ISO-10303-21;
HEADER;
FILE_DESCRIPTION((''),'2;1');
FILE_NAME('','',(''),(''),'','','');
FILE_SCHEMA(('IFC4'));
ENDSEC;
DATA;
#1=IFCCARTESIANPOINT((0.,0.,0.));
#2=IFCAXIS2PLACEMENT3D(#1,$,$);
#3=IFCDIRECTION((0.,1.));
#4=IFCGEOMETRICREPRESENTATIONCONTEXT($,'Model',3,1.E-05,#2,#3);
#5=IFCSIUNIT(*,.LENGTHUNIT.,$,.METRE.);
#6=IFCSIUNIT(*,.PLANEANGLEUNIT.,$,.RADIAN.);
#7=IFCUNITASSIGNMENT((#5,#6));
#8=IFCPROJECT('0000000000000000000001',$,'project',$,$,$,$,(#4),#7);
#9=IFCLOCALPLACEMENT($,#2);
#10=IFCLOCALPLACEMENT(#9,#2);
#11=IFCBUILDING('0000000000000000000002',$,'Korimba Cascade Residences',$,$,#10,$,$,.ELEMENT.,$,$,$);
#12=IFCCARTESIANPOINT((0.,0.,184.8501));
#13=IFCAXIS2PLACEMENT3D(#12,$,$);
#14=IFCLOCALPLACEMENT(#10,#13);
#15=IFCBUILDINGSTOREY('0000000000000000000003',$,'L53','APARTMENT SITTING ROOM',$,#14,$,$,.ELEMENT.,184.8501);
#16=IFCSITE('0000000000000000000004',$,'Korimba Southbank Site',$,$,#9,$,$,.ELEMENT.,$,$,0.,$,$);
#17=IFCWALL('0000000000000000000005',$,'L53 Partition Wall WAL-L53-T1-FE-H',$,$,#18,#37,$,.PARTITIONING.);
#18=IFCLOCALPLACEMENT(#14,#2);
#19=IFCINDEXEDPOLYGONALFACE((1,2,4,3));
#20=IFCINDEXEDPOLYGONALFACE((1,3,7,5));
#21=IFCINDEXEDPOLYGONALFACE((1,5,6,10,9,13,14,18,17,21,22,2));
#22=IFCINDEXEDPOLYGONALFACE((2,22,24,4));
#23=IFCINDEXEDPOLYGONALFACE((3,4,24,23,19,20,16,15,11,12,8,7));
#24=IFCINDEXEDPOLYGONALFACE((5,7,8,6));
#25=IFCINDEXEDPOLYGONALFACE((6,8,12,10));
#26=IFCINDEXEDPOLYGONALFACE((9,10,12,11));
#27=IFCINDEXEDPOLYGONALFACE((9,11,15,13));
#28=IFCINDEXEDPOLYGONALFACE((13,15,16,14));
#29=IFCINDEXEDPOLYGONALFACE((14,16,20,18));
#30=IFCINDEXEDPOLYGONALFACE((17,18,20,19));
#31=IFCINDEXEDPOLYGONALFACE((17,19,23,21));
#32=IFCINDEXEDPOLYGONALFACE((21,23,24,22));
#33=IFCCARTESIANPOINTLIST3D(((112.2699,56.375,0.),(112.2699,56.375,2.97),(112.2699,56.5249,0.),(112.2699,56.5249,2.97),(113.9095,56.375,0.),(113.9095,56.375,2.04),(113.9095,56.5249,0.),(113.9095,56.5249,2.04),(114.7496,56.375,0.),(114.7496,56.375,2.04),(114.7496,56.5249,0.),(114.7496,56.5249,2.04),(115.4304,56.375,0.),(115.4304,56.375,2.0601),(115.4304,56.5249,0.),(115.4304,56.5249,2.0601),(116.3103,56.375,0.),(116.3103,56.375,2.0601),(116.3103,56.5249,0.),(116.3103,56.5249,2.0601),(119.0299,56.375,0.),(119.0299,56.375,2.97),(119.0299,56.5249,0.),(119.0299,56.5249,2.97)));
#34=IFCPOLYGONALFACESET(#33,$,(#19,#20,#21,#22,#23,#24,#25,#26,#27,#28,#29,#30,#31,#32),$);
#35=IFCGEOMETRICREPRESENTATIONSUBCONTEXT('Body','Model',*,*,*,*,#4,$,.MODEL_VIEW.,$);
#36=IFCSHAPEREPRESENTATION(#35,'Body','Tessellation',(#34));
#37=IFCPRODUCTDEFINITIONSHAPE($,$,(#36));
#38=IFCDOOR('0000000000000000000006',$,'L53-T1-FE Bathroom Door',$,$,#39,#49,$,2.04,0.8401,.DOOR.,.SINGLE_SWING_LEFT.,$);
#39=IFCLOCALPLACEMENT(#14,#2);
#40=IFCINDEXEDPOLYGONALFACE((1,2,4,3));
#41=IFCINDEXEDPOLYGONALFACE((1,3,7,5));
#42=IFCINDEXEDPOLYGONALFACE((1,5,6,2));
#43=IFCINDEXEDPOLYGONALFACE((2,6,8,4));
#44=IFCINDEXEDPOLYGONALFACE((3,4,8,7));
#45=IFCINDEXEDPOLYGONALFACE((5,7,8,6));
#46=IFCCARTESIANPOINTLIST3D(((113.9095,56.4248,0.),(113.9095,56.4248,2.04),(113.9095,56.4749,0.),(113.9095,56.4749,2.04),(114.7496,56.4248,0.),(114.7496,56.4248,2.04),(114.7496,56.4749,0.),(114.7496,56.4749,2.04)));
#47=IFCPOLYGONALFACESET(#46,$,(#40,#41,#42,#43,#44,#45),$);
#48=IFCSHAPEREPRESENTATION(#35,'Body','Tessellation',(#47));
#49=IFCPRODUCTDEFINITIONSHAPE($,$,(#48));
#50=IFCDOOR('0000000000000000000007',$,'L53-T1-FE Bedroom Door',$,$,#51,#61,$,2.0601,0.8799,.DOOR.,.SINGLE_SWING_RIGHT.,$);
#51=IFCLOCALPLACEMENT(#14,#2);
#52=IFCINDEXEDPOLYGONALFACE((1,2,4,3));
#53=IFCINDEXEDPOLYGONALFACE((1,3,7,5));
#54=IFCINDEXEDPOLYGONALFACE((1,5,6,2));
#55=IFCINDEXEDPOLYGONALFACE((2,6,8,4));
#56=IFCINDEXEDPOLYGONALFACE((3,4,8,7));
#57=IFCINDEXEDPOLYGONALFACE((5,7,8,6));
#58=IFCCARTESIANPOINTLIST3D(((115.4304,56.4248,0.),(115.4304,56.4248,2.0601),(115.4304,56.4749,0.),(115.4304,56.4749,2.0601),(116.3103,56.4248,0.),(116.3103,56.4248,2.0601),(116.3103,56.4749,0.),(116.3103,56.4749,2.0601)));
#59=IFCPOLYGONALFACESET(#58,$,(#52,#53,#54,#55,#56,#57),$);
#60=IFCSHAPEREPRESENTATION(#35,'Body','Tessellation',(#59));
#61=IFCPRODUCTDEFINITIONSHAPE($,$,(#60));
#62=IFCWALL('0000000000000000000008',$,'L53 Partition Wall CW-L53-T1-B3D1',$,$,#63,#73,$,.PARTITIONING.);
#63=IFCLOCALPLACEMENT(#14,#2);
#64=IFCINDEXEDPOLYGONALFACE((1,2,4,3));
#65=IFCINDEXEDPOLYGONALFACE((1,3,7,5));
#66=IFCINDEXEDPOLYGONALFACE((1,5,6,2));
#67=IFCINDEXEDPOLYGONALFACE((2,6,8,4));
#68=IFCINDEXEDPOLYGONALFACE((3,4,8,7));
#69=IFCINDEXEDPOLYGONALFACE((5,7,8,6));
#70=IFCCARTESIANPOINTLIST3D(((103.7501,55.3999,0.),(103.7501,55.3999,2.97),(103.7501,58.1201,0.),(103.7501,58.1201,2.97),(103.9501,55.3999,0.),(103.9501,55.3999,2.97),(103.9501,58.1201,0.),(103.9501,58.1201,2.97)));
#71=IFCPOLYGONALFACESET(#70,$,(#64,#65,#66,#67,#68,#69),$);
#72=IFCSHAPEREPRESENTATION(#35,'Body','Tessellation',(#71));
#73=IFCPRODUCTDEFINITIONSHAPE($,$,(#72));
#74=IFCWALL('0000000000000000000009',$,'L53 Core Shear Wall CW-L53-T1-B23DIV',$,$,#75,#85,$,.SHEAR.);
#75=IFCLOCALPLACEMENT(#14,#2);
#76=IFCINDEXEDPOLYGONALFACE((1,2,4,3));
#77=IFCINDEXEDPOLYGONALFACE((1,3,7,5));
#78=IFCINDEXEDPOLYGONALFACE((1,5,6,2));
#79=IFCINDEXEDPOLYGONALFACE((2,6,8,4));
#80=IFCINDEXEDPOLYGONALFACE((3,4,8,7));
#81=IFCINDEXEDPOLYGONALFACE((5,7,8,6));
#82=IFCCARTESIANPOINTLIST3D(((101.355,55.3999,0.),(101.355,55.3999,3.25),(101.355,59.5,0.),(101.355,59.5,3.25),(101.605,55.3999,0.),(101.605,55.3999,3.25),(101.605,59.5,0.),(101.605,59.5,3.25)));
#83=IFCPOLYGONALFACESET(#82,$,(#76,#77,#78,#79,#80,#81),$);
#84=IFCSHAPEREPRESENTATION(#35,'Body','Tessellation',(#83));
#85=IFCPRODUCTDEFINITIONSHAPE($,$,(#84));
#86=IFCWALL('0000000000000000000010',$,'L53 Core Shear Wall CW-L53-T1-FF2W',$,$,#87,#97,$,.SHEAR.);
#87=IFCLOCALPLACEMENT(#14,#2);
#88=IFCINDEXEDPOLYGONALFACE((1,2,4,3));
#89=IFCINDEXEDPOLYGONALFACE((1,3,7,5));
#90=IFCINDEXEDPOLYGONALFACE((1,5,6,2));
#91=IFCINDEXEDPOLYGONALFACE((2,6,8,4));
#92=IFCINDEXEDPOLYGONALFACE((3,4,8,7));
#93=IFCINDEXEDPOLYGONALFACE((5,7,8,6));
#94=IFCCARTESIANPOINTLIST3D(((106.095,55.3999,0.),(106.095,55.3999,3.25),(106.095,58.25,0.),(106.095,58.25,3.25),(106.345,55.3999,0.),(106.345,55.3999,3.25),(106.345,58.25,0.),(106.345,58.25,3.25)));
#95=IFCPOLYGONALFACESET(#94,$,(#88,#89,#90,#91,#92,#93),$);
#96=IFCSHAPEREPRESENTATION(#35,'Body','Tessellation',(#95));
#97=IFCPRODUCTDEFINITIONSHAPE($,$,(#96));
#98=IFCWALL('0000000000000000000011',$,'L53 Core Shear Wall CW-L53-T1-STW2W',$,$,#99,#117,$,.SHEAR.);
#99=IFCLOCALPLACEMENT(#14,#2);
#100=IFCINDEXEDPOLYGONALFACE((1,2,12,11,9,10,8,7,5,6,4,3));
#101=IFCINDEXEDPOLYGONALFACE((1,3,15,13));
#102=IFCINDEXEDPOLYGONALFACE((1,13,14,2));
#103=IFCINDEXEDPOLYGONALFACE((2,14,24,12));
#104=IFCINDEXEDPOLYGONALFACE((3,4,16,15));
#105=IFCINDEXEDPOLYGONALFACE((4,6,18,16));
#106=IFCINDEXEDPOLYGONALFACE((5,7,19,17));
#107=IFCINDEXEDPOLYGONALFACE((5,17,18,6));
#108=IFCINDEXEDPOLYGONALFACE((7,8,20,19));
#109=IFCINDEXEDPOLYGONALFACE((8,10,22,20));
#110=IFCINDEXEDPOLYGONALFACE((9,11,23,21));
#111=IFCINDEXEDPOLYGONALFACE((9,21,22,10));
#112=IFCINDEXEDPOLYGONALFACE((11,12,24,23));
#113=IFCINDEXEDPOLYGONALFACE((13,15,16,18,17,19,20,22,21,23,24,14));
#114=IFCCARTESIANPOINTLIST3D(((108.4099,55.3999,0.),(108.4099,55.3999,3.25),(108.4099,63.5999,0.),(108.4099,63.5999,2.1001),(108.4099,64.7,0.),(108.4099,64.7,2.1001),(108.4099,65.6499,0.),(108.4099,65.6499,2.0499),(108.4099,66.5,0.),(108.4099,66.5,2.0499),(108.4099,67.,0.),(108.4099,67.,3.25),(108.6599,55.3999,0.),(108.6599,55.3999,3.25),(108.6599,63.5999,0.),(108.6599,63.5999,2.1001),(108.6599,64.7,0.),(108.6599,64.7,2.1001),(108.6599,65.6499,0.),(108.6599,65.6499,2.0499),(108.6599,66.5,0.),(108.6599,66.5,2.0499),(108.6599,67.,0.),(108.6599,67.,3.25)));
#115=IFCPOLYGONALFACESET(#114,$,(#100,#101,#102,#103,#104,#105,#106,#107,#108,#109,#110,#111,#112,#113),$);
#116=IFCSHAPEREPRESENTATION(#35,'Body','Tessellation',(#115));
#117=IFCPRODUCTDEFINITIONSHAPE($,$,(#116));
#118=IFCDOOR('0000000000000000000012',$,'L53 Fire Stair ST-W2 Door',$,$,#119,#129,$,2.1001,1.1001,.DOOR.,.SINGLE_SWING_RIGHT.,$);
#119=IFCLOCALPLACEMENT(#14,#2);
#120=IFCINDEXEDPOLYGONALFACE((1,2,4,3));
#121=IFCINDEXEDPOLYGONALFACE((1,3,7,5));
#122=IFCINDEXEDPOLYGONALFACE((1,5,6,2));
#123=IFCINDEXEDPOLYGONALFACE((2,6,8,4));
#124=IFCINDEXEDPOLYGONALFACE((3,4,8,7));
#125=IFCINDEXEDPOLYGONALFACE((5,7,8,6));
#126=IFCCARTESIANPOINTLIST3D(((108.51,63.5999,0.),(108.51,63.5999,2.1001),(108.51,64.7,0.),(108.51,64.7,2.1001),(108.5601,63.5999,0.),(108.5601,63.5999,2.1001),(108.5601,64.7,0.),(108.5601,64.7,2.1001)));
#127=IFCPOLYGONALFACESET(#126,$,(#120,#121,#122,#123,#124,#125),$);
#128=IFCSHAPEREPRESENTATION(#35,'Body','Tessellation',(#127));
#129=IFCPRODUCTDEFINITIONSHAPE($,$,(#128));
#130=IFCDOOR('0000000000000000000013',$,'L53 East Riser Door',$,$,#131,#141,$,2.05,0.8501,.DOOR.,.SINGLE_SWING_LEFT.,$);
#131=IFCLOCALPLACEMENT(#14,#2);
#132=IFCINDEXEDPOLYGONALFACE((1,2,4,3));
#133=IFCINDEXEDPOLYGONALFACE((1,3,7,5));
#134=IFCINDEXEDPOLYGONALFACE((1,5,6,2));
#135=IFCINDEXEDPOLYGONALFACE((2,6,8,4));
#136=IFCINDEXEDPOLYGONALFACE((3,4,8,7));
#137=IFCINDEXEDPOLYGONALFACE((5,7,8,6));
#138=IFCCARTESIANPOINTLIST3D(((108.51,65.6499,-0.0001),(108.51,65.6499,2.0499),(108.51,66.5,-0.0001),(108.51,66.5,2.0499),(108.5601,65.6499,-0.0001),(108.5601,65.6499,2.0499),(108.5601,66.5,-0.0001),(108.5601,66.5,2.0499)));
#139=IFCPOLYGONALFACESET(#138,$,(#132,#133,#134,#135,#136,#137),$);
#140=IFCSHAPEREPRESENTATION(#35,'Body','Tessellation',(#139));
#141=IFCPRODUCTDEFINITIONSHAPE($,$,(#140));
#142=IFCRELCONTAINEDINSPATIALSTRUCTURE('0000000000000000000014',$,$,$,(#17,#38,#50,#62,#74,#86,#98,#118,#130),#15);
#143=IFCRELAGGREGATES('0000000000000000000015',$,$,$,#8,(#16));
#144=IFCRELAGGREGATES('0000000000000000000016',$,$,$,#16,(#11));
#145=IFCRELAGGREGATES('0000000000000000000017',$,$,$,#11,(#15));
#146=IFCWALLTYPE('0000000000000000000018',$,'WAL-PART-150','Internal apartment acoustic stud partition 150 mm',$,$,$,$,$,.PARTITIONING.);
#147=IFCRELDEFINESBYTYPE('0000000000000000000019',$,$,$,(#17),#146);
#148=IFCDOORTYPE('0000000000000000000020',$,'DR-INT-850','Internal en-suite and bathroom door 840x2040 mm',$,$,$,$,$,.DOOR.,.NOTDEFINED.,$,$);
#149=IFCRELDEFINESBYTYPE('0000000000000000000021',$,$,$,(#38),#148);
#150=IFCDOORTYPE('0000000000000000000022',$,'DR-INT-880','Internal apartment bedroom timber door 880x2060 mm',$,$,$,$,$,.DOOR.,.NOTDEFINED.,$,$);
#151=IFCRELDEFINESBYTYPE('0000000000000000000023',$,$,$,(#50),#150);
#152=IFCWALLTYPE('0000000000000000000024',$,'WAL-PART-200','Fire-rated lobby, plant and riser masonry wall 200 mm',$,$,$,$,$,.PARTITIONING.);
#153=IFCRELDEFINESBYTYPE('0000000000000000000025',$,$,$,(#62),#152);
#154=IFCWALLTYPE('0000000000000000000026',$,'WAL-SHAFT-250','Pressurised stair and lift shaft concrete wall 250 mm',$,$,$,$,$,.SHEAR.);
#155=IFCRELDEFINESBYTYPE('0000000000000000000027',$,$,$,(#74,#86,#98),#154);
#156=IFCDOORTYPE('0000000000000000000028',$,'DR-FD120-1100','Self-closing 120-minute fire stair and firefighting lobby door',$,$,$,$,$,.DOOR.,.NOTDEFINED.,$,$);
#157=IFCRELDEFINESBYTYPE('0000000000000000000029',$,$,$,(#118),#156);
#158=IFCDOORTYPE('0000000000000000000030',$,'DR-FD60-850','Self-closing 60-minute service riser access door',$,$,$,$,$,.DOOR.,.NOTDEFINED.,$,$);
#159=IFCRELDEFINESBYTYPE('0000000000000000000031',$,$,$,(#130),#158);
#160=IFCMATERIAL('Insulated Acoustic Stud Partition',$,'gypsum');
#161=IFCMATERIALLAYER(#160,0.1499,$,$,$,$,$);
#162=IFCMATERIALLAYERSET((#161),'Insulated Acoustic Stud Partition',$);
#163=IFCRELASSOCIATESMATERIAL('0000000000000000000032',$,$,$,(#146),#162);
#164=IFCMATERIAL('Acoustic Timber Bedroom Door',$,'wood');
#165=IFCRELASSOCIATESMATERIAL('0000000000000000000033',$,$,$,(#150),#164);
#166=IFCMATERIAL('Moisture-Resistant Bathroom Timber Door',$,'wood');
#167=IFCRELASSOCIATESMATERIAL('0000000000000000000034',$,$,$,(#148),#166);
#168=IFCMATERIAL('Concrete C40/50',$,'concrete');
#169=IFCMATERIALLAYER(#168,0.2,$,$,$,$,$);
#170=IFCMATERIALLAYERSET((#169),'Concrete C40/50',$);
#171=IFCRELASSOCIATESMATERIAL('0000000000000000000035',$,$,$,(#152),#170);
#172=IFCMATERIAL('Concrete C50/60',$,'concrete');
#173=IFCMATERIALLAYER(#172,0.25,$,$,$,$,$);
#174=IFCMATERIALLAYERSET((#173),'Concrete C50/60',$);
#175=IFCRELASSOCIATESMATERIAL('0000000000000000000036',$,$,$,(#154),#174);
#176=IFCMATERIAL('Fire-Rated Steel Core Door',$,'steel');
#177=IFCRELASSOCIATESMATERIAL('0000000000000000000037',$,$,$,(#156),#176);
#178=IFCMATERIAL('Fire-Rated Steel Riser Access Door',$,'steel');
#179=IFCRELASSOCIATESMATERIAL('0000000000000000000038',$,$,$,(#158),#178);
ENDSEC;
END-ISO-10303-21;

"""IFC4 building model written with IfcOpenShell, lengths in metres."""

from ifc_helpers import new_model, si_unit, direction, frame, frame_2d, origin, place, context, subcontext, project, spatial, rectangle, extrude, material, layer, layer_set, type_object, element, fill, save


model = new_model("IFC4")

# Units and contexts
model_context = context("Model", 3, precision=1e-05, world=origin(), true_north=direction((0.0, 1.0)))
body_context = subcontext(model_context, "Body", "Model", "MODEL_VIEW")
ifc_project = project(units=[si_unit("LENGTHUNIT", "METRE"), si_unit("PLANEANGLEUNIT", "RADIAN")], contexts=[model_context])

# Site, building, storey
site_placement = place(None, origin())
site = spatial("IfcSite", under=ifc_project, at=site_placement, Name="Korimba Southbank Site", CompositionType="ELEMENT", RefElevation=0.0)
building_placement = place(site_placement, origin())
building = spatial("IfcBuilding", under=site, at=building_placement, Name="Korimba Cascade Residences", CompositionType="ELEMENT")
storey_placement = place(building_placement, frame((0.0, 0.0, 184.8501)))
storey = spatial("IfcBuildingStorey", under=building, at=storey_placement, Name="L53", Description="APARTMENT SITTING ROOM", CompositionType="ELEMENT", Elevation=184.8501)

# Shared definitions
ifc_material_1 = material(Name="Insulated Acoustic Stud Partition", Category="gypsum")
ifc_layer_1 = layer(ifc_material_1, 0.1499)
ifc_layer_set_1 = layer_set([ifc_layer_1], Name="Insulated Acoustic Stud Partition")
wall_type_1 = type_object("IfcWallType", Name="WAL-PART-150", Description="Internal apartment acoustic stud partition 150 mm", PredefinedType="PARTITIONING", material=ifc_layer_set_1)
ifc_material_2 = material(Name="Acoustic Timber Bedroom Door", Category="wood")
door_type_1 = type_object("IfcDoorType", Name="DR-INT-880", Description="Internal apartment bedroom timber door 880x2060 mm", OperationType="NOTDEFINED", PredefinedType="DOOR", material=ifc_material_2)

# Wall, openings, doors
wall_1_placement = place(storey_placement, frame((112.27, 56.45, 0.0), z_axis=(0.0, 0.0, 1.0), x_axis=(1.0, 0.0, 0.0)))
wall_1 = element("IfcWall", 1, at=wall_1_placement, inside=storey, type_object=wall_type_1, Name="L53 Partition Wall WAL-L53-T1-FE-H", PredefinedType="PARTITIONING", context=body_context, shape_type="SweptSolid", body=[
    extrude(rectangle(XDim=6.76, YDim=0.1499, at=frame_2d((3.3799, 0.0))), origin(), (0.0, 0.0, 1.0), 2.97),
])
opening_1_placement = place(wall_1_placement, frame((1.6396, 0.0, 0.0)))
opening_1 = element("IfcOpeningElement", 2, at=opening_1_placement, cuts=wall_1, PredefinedType="OPENING", context=body_context, shape_type="SweptSolid", body=[
    extrude(rectangle(XDim=0.8401, YDim=2.04, at=frame_2d((0.4199, 1.02))), frame((0.0, 0.085, 0.0), z_axis=(0.0, -1.0, 0.0), x_axis=(1.0, 0.0, 0.0)), (0.0, 0.0, 1.0), 0.1699),
])
opening_2_placement = place(wall_1_placement, frame((3.1604, 0.0, 0.0)))
opening_2 = element("IfcOpeningElement", 3, at=opening_2_placement, cuts=wall_1, PredefinedType="OPENING", context=body_context, shape_type="SweptSolid", body=[
    extrude(rectangle(XDim=0.8799, YDim=2.0601, at=frame_2d((0.4399, 1.03))), frame((0.0, 0.085, 0.0), z_axis=(0.0, -1.0, 0.0), x_axis=(1.0, 0.0, 0.0)), (0.0, 0.0, 1.0), 0.1699),
])
ifc_material_3 = material(Name="Moisture-Resistant Bathroom Timber Door", Category="wood")
door_type_2 = type_object("IfcDoorType", Name="DR-INT-850", Description="Internal en-suite and bathroom door 840x2040 mm", OperationType="NOTDEFINED", PredefinedType="DOOR", material=ifc_material_3)
door_1_placement = place(opening_1_placement, origin())
door_1 = element("IfcDoor", 4, at=door_1_placement, inside=storey, type_object=door_type_2, Name="L53-T1-FE Bathroom Door", OperationType="SINGLE_SWING_LEFT", OverallHeight=2.04, OverallWidth=0.8401, PredefinedType="DOOR", context=body_context, shape_type="SweptSolid", body=[
    extrude(rectangle(XDim=0.8401, YDim=2.04, at=frame_2d((0.4199, 1.02))), frame((0.0, 0.0249, 0.0), z_axis=(0.0, -1.0, 0.0), x_axis=(1.0, 0.0, 0.0)), (0.0, 0.0, 1.0), 0.05),
])
fill(opening_1, door_1)
door_2_placement = place(opening_2_placement, origin())
door_2 = element("IfcDoor", 5, at=door_2_placement, inside=storey, type_object=door_type_1, Name="L53-T1-FE Bedroom Door", OperationType="SINGLE_SWING_RIGHT", OverallHeight=2.0601, OverallWidth=0.8799, PredefinedType="DOOR", context=body_context, shape_type="SweptSolid", body=[
    extrude(rectangle(XDim=0.8799, YDim=2.0601, at=frame_2d((0.4399, 1.03))), frame((0.0, 0.0249, 0.0), z_axis=(0.0, -1.0, 0.0), x_axis=(1.0, 0.0, 0.0)), (0.0, 0.0, 1.0), 0.05),
])
fill(opening_2, door_2)

# Walls
ifc_material_4 = material(Name="Concrete C40/50", Category="concrete")
ifc_layer_2 = layer(ifc_material_4, 0.2)
ifc_layer_set_2 = layer_set([ifc_layer_2], Name="Concrete C40/50")
wall_type_2 = type_object("IfcWallType", Name="WAL-PART-200", Description="Fire-rated lobby, plant and riser masonry wall 200 mm", PredefinedType="PARTITIONING", material=ifc_layer_set_2)
wall_2_placement = place(storey_placement, frame((103.8501, 55.3999, 0.0), z_axis=(0.0, 0.0, 1.0), x_axis=(0.0, 1.0, 0.0)))
element("IfcWall", 6, at=wall_2_placement, inside=storey, type_object=wall_type_2, Name="L53 Partition Wall CW-L53-T1-B3D1", PredefinedType="PARTITIONING", context=body_context, shape_type="SweptSolid", body=[
    extrude(rectangle(XDim=2.7202, YDim=0.2, at=frame_2d((1.3601, 0.0))), origin(), (0.0, 0.0, 1.0), 2.97),
])
ifc_material_5 = material(Name="Concrete C50/60", Category="concrete")
ifc_layer_3 = layer(ifc_material_5, 0.25)
ifc_layer_set_3 = layer_set([ifc_layer_3], Name="Concrete C50/60")
wall_type_3 = type_object("IfcWallType", Name="WAL-SHAFT-250", Description="Pressurised stair and lift shaft concrete wall 250 mm", PredefinedType="SHEAR", material=ifc_layer_set_3)
wall_3_placement = place(storey_placement, frame((101.48, 55.3999, 0.0), z_axis=(0.0, 0.0, 1.0), x_axis=(0.0, 1.0, 0.0)))
element("IfcWall", 7, at=wall_3_placement, inside=storey, type_object=wall_type_3, Name="L53 Core Shear Wall CW-L53-T1-B23DIV", PredefinedType="SHEAR", context=body_context, shape_type="SweptSolid", body=[
    extrude(rectangle(XDim=4.1001, YDim=0.25, at=frame_2d((2.05, 0.0))), origin(), (0.0, 0.0, 1.0), 3.25),
])
wall_4_placement = place(storey_placement, frame((106.22, 55.3999, 0.0), z_axis=(0.0, 0.0, 1.0), x_axis=(0.0, 1.0, 0.0)))
element("IfcWall", 8, at=wall_4_placement, inside=storey, type_object=wall_type_3, Name="L53 Core Shear Wall CW-L53-T1-FF2W", PredefinedType="SHEAR", context=body_context, shape_type="SweptSolid", body=[
    extrude(rectangle(XDim=2.8501, YDim=0.25, at=frame_2d((1.425, 0.0))), origin(), (0.0, 0.0, 1.0), 3.25),
])

# Wall, openings, doors
wall_5_placement = place(storey_placement, frame((108.5349, 55.3999, 0.0), z_axis=(0.0, 0.0, 1.0), x_axis=(0.0, 1.0, 0.0)))
wall_5 = element("IfcWall", 9, at=wall_5_placement, inside=storey, type_object=wall_type_3, Name="L53 Core Shear Wall CW-L53-T1-STW2W", PredefinedType="SHEAR", context=body_context, shape_type="SweptSolid", body=[
    extrude(rectangle(XDim=11.6001, YDim=0.25, at=frame_2d((5.8, 0.0))), origin(), (0.0, 0.0, 1.0), 3.25),
])
opening_3_placement = place(wall_5_placement, frame((8.2, 0.0, 0.0)))
opening_3 = element("IfcOpeningElement", 10, at=opening_3_placement, cuts=wall_5, PredefinedType="OPENING", context=body_context, shape_type="SweptSolid", body=[
    extrude(rectangle(XDim=1.1001, YDim=2.1001, at=frame_2d((0.55, 1.05))), frame((0.0, 0.135, 0.0), z_axis=(0.0, -1.0, 0.0), x_axis=(1.0, 0.0, 0.0)), (0.0, 0.0, 1.0), 0.27),
])
opening_4_placement = place(wall_5_placement, frame((10.25, 0.0, 0.0)))
opening_4 = element("IfcOpeningElement", 11, at=opening_4_placement, cuts=wall_5, PredefinedType="OPENING", context=body_context, shape_type="SweptSolid", body=[
    extrude(rectangle(XDim=0.8501, YDim=2.05, at=frame_2d((0.425, 1.0249))), frame((0.0, 0.135, 0.0), z_axis=(0.0, -1.0, 0.0), x_axis=(1.0, 0.0, 0.0)), (0.0, 0.0, 1.0), 0.27),
])
ifc_material_6 = material(Name="Fire-Rated Steel Core Door", Category="steel")
door_type_3 = type_object("IfcDoorType", Name="DR-FD120-1100", Description="Self-closing 120-minute fire stair and firefighting lobby door", OperationType="NOTDEFINED", PredefinedType="DOOR", material=ifc_material_6)
door_3_placement = place(opening_3_placement, origin())
door_3 = element("IfcDoor", 12, at=door_3_placement, inside=storey, type_object=door_type_3, Name="L53 Fire Stair ST-W2 Door", OperationType="SINGLE_SWING_RIGHT", OverallHeight=2.1001, OverallWidth=1.1001, PredefinedType="DOOR", context=body_context, shape_type="SweptSolid", body=[
    extrude(rectangle(XDim=1.1001, YDim=2.1001, at=frame_2d((0.55, 1.05))), frame((0.0, 0.0249, 0.0), z_axis=(0.0, -1.0, 0.0), x_axis=(1.0, 0.0, 0.0)), (0.0, 0.0, 1.0), 0.05),
])
fill(opening_3, door_3)
ifc_material_7 = material(Name="Fire-Rated Steel Riser Access Door", Category="steel")
door_type_4 = type_object("IfcDoorType", Name="DR-FD60-850", Description="Self-closing 60-minute service riser access door", OperationType="NOTDEFINED", PredefinedType="DOOR", material=ifc_material_7)
door_4_placement = place(opening_4_placement, origin())
door_4 = element("IfcDoor", 13, at=door_4_placement, inside=storey, type_object=door_type_4, Name="L53 East Riser Door", OperationType="SINGLE_SWING_LEFT", OverallHeight=2.05, OverallWidth=0.8501, PredefinedType="DOOR", context=body_context, shape_type="SweptSolid", body=[
    extrude(rectangle(XDim=0.8501, YDim=2.05, at=frame_2d((0.425, 1.0249))), frame((0.0, 0.0249, 0.0), z_axis=(0.0, -1.0, 0.0), x_axis=(1.0, 0.0, 0.0)), (0.0, 0.0, 1.0), 0.05),
])
fill(opening_4, door_4)

save(model, "model.ifc")
